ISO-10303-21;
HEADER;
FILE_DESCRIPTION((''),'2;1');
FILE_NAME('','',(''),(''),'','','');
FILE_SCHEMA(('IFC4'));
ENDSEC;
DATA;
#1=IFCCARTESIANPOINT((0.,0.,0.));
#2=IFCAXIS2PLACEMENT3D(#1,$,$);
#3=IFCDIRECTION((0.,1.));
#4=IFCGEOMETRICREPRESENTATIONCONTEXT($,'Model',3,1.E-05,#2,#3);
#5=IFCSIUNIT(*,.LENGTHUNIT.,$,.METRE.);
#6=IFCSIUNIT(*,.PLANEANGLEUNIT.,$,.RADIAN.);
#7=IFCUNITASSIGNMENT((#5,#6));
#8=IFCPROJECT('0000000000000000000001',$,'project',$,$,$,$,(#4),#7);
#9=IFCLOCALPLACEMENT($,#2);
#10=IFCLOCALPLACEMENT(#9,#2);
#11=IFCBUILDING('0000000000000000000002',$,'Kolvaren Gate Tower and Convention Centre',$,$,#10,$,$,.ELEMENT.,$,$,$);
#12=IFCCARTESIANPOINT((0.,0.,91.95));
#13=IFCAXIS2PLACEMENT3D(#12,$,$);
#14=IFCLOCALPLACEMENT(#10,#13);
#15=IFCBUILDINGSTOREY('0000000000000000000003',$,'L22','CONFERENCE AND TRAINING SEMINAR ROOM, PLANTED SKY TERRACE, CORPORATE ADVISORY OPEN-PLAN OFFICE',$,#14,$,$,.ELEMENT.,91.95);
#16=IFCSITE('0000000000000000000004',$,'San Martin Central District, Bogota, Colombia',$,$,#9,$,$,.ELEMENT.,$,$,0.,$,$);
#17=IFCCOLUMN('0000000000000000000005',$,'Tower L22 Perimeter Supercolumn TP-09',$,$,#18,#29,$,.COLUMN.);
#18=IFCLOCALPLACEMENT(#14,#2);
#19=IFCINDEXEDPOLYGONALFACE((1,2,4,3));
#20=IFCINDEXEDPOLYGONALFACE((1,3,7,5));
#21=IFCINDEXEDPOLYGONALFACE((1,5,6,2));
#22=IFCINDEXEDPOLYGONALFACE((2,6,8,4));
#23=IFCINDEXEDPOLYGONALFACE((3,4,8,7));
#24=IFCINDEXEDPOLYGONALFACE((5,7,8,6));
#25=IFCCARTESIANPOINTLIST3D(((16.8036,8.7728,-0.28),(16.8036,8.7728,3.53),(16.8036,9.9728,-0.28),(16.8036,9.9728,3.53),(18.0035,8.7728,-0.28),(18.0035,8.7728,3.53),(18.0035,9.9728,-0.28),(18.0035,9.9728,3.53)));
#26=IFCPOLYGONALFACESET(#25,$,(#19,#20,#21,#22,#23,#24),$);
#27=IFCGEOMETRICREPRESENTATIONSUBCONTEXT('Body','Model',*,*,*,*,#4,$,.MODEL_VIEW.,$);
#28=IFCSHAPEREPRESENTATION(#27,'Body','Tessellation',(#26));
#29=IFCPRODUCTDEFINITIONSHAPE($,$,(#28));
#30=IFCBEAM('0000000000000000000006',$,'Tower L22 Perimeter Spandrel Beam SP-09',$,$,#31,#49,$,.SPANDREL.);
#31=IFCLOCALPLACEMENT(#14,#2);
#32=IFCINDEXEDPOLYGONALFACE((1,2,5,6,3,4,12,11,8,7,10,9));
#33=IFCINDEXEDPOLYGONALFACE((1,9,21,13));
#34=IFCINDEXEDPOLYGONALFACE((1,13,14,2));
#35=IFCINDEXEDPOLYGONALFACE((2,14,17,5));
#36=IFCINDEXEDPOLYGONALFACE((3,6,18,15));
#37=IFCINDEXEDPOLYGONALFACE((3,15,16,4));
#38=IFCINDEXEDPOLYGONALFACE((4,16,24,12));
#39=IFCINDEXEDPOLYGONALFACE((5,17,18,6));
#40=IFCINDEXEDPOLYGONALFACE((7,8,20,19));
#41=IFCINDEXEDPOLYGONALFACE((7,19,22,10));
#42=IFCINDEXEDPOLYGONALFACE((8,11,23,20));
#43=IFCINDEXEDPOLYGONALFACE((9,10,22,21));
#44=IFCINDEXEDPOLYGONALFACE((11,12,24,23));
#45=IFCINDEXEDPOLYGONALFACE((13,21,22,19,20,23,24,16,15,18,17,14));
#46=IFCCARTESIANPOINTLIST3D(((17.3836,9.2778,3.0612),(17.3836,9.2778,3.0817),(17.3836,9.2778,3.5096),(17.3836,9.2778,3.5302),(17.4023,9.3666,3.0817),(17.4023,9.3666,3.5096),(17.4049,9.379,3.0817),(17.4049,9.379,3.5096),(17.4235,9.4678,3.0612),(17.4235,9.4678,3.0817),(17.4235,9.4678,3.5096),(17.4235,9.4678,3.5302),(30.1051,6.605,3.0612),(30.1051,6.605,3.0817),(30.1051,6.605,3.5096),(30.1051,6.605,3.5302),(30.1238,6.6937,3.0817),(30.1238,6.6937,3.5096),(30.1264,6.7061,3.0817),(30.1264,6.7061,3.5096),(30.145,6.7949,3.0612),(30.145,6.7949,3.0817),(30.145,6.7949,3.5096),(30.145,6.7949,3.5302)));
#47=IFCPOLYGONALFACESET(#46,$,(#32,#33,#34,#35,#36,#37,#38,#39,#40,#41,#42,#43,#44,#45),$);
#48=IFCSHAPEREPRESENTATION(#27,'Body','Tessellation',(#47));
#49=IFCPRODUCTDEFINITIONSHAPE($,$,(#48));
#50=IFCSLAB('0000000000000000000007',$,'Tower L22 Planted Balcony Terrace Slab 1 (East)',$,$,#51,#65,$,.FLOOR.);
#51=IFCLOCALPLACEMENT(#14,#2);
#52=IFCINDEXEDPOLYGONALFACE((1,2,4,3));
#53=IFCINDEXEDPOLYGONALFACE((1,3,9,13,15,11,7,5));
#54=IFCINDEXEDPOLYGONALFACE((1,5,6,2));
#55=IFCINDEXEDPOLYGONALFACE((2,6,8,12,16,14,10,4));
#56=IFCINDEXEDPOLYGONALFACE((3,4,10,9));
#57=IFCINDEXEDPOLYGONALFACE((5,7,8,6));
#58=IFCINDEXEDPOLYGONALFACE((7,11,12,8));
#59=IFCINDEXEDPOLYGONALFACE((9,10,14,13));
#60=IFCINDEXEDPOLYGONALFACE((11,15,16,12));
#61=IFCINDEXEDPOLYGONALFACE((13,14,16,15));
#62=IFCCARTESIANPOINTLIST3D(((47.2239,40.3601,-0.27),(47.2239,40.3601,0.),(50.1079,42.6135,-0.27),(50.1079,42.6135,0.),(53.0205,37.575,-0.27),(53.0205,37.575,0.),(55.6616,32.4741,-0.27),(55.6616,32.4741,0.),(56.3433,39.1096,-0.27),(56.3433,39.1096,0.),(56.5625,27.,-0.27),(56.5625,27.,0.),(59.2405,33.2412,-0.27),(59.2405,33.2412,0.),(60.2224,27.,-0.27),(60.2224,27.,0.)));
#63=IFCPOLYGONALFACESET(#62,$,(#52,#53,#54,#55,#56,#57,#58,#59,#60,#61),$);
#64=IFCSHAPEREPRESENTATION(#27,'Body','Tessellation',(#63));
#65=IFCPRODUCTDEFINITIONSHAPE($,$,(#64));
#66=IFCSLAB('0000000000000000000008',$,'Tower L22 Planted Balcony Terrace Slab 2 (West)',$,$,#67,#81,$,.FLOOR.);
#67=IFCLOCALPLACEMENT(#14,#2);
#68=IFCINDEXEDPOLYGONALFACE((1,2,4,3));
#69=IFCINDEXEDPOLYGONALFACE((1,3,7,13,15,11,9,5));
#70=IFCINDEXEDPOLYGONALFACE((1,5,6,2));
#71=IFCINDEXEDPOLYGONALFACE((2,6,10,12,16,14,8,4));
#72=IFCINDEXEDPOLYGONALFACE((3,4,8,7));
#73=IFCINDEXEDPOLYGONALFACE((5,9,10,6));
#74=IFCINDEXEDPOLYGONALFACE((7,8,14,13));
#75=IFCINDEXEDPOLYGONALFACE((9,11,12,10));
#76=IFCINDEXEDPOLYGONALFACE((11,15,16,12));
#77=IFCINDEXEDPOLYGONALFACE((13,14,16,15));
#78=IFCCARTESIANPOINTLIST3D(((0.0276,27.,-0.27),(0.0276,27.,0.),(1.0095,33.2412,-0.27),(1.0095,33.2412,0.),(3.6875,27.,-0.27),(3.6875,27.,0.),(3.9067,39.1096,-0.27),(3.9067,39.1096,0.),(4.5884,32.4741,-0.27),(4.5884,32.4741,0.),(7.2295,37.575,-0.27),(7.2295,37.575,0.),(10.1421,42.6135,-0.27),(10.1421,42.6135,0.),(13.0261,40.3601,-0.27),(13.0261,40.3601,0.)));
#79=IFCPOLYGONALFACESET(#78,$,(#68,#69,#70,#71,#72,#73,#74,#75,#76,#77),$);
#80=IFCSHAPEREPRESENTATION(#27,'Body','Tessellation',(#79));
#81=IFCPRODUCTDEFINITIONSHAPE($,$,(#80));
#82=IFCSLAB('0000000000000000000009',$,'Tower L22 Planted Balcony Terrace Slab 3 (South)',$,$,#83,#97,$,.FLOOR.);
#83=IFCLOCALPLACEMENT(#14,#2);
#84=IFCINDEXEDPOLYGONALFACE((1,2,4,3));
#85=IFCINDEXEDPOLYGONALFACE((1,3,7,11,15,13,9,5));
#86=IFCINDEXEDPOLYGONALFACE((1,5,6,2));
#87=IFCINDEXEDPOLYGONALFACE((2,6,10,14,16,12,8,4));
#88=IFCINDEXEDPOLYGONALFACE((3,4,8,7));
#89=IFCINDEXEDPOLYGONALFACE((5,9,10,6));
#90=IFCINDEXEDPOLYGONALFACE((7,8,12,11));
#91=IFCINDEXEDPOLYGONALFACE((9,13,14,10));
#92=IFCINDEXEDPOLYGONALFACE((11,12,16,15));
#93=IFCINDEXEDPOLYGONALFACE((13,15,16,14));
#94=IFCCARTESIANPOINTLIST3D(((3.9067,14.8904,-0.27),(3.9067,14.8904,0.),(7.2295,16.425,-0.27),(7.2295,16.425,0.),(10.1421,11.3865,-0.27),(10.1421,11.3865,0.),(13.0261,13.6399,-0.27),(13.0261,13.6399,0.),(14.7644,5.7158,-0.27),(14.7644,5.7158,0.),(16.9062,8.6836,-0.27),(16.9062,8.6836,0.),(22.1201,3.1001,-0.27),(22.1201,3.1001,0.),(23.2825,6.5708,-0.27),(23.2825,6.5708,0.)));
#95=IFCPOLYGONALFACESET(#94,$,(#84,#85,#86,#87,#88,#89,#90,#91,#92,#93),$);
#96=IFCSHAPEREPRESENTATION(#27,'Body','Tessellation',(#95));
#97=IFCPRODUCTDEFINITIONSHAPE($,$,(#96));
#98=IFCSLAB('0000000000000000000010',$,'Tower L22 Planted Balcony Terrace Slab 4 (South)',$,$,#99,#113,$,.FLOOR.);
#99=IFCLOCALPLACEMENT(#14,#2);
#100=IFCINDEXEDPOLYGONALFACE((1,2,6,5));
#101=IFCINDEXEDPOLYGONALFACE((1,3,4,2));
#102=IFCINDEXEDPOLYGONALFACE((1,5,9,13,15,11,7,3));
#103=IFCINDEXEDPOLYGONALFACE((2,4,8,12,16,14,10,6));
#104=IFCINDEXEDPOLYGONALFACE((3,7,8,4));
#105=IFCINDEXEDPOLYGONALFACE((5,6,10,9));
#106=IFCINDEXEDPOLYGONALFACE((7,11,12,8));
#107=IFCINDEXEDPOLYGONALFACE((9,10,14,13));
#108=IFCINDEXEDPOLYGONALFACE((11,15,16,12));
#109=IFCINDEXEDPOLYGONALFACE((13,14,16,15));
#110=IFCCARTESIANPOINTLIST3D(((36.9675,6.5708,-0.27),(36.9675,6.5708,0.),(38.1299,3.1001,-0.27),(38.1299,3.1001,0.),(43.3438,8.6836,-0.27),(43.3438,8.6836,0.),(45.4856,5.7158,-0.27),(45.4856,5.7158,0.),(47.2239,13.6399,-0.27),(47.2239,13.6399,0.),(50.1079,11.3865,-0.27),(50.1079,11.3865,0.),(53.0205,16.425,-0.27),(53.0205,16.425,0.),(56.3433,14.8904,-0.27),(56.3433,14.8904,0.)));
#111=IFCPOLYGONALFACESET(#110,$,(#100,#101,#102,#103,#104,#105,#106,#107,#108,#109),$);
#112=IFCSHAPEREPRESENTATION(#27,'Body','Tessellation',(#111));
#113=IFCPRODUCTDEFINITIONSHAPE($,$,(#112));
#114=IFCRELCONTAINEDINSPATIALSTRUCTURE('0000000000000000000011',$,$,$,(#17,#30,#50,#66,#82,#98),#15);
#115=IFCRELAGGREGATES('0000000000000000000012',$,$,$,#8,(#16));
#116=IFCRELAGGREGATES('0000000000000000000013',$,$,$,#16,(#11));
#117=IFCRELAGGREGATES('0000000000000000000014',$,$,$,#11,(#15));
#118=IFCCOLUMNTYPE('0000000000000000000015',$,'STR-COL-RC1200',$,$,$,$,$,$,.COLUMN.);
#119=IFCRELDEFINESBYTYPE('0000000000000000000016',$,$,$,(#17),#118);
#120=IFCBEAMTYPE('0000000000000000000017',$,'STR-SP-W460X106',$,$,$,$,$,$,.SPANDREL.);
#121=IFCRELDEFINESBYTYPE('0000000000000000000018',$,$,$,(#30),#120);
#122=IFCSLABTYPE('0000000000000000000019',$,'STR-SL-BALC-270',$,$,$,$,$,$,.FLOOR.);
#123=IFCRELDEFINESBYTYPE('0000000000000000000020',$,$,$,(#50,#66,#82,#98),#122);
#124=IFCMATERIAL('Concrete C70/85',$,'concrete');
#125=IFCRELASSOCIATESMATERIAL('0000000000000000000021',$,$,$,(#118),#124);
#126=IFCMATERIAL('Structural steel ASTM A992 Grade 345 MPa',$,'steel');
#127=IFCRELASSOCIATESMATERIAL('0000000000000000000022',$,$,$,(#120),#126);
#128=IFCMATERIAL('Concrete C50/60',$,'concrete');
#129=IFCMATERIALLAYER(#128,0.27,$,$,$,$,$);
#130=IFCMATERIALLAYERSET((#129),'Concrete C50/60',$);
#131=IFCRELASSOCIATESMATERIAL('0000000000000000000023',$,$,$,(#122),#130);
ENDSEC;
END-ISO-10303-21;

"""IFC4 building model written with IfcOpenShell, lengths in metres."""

from ifc_helpers import new_model, si_unit, direction, frame, origin, origin_2d, place, context, subcontext, project, spatial, polyline, rectangle, i_section, outline, extrude, material, layer, layer_set, material_profile, profile_set, type_object, element, save


model = new_model("IFC4")

# Units and contexts
model_context = context("Model", 3, precision=1e-05, world=origin(), true_north=direction((0.0, 1.0)))
body_context = subcontext(model_context, "Body", "Model", "MODEL_VIEW")
ifc_project = project(units=[si_unit("LENGTHUNIT", "METRE"), si_unit("PLANEANGLEUNIT", "RADIAN")], contexts=[model_context])

# Site, building, storey
site_placement = place(None, origin())
site = spatial("IfcSite", under=ifc_project, at=site_placement, Name="San Martin Central District, Bogota, Colombia", CompositionType="ELEMENT", RefElevation=0.0)
building_placement = place(site_placement, origin())
building = spatial("IfcBuilding", under=site, at=building_placement, Name="Kolvaren Gate Tower and Convention Centre", CompositionType="ELEMENT")
storey_placement = place(building_placement, frame((0.0, 0.0, 91.95)))
storey = spatial("IfcBuildingStorey", under=building, at=storey_placement, Name="L22", Description="CONFERENCE AND TRAINING SEMINAR ROOM, PLANTED SKY TERRACE, CORPORATE ADVISORY OPEN-PLAN OFFICE", CompositionType="ELEMENT", Elevation=91.95)

# Column
ifc_material_1 = material(Name="Concrete C70/85", Category="concrete")
ifc_material_profile_1 = material_profile(ifc_material_1, rectangle(XDim=1.2, YDim=1.2, at=origin_2d()), Name="RC-COL-1200X1200")
ifc_profile_set_1 = profile_set([ifc_material_profile_1], Name="Concrete C70/85")
column_type = type_object("IfcColumnType", Name="STR-COL-RC1200", PredefinedType="COLUMN", material=ifc_profile_set_1)
column_placement = place(storey_placement, frame((17.4036, 9.3728, -0.28), z_axis=(0.0, 0.0, 1.0), x_axis=(1.0, 0.0, 0.0)))
element("IfcColumn", 1, at=column_placement, inside=storey, type_object=column_type, Name="Tower L22 Perimeter Supercolumn TP-09", PredefinedType="COLUMN", context=body_context, shape_type="SweptSolid", body=[
    extrude(rectangle(XDim=1.2, YDim=1.2, at=origin_2d()), origin(), (0.0, 0.0, 1.0), 3.8101),
])

# Beam
ifc_material_2 = material(Name="Structural steel ASTM A992 Grade 345 MPa", Category="steel")
ifc_material_profile_2 = material_profile(ifc_material_2, i_section(OverallWidth=0.1941, OverallDepth=0.469, WebThickness=0.0127, FlangeThickness=0.0205, at=origin_2d()), Name="W460X106")
ifc_profile_set_2 = profile_set([ifc_material_profile_2], Name="Structural steel ASTM A992 Grade 345 MPa")
beam_type = type_object("IfcBeamType", Name="STR-SP-W460X106", PredefinedType="SPANDREL", material=ifc_profile_set_2)
beam_placement = place(storey_placement, frame((17.4036, 9.3728, 3.2957), z_axis=(0.978633, -0.205617, 0.0), x_axis=(0.205617, 0.978633, 0.0)))
element("IfcBeam", 2, at=beam_placement, inside=storey, type_object=beam_type, Name="Tower L22 Perimeter Spandrel Beam SP-09", PredefinedType="SPANDREL", context=body_context, shape_type="SweptSolid", body=[
    extrude(i_section(OverallWidth=0.1941, OverallDepth=0.469, WebThickness=0.0127, FlangeThickness=0.0205, at=origin_2d()), origin(), (0.0, 0.0, 1.0), 12.9993),
])

# Slabs
ifc_material_3 = material(Name="Concrete C50/60", Category="concrete")
ifc_layer_1 = layer(ifc_material_3, 0.27)
ifc_layer_set_1 = layer_set([ifc_layer_1], Name="Concrete C50/60")
slab_type_1 = type_object("IfcSlabType", Name="STR-SL-BALC-270", PredefinedType="FLOOR", material=ifc_layer_set_1)
slab_1_placement = place(storey_placement, frame((0.0, 0.0, -0.27)))
element("IfcSlab", 3, at=slab_1_placement, inside=storey, type_object=slab_type_1, Name="Tower L22 Planted Balcony Terrace Slab 1 (East)", PredefinedType="FLOOR", context=body_context, shape_type="SweptSolid", body=[
    extrude(outline(polyline([(56.5625, 27.0), (55.6616, 32.4741), (53.0205, 37.575), (47.2239, 40.3601), (50.1079, 42.6135), (56.3433, 39.1096), (59.2405, 33.2412), (60.2224, 27.0), (56.5625, 27.0)])), origin(), (0.0, 0.0, 1.0), 0.27),
])
slab_2_placement = place(storey_placement, frame((0.0, 0.0, -0.27)))
element("IfcSlab", 4, at=slab_2_placement, inside=storey, type_object=slab_type_1, Name="Tower L22 Planted Balcony Terrace Slab 2 (West)", PredefinedType="FLOOR", context=body_context, shape_type="SweptSolid", body=[
    extrude(outline(polyline([(13.0261, 40.3601), (7.2295, 37.575), (4.5884, 32.4741), (3.6875, 27.0), (0.0276, 27.0), (1.0095, 33.2412), (3.9067, 39.1096), (10.1421, 42.6135), (13.0261, 40.3601)])), origin(), (0.0, 0.0, 1.0), 0.27),
])
slab_3_placement = place(storey_placement, frame((0.0, 0.0, -0.27)))
element("IfcSlab", 5, at=slab_3_placement, inside=storey, type_object=slab_type_1, Name="Tower L22 Planted Balcony Terrace Slab 3 (South)", PredefinedType="FLOOR", context=body_context, shape_type="SweptSolid", body=[
    extrude(outline(polyline([(7.2295, 16.425), (13.0261, 13.6399), (16.9062, 8.6836), (23.2825, 6.5708), (22.1201, 3.1001), (14.7644, 5.7158), (10.1421, 11.3865), (3.9067, 14.8904), (7.2295, 16.425)])), origin(), (0.0, 0.0, 1.0), 0.27),
])
slab_4_placement = place(storey_placement, frame((0.0, 0.0, -0.27)))
element("IfcSlab", 6, at=slab_4_placement, inside=storey, type_object=slab_type_1, Name="Tower L22 Planted Balcony Terrace Slab 4 (South)", PredefinedType="FLOOR", context=body_context, shape_type="SweptSolid", body=[
    extrude(outline(polyline([(36.9675, 6.5708), (43.3438, 8.6836), (47.2239, 13.6399), (53.0205, 16.425), (56.3433, 14.8904), (50.1079, 11.3865), (45.4856, 5.7158), (38.1299, 3.1001), (36.9675, 6.5708)])), origin(), (0.0, 0.0, 1.0), 0.27),
])

save(model, "model.ifc")
